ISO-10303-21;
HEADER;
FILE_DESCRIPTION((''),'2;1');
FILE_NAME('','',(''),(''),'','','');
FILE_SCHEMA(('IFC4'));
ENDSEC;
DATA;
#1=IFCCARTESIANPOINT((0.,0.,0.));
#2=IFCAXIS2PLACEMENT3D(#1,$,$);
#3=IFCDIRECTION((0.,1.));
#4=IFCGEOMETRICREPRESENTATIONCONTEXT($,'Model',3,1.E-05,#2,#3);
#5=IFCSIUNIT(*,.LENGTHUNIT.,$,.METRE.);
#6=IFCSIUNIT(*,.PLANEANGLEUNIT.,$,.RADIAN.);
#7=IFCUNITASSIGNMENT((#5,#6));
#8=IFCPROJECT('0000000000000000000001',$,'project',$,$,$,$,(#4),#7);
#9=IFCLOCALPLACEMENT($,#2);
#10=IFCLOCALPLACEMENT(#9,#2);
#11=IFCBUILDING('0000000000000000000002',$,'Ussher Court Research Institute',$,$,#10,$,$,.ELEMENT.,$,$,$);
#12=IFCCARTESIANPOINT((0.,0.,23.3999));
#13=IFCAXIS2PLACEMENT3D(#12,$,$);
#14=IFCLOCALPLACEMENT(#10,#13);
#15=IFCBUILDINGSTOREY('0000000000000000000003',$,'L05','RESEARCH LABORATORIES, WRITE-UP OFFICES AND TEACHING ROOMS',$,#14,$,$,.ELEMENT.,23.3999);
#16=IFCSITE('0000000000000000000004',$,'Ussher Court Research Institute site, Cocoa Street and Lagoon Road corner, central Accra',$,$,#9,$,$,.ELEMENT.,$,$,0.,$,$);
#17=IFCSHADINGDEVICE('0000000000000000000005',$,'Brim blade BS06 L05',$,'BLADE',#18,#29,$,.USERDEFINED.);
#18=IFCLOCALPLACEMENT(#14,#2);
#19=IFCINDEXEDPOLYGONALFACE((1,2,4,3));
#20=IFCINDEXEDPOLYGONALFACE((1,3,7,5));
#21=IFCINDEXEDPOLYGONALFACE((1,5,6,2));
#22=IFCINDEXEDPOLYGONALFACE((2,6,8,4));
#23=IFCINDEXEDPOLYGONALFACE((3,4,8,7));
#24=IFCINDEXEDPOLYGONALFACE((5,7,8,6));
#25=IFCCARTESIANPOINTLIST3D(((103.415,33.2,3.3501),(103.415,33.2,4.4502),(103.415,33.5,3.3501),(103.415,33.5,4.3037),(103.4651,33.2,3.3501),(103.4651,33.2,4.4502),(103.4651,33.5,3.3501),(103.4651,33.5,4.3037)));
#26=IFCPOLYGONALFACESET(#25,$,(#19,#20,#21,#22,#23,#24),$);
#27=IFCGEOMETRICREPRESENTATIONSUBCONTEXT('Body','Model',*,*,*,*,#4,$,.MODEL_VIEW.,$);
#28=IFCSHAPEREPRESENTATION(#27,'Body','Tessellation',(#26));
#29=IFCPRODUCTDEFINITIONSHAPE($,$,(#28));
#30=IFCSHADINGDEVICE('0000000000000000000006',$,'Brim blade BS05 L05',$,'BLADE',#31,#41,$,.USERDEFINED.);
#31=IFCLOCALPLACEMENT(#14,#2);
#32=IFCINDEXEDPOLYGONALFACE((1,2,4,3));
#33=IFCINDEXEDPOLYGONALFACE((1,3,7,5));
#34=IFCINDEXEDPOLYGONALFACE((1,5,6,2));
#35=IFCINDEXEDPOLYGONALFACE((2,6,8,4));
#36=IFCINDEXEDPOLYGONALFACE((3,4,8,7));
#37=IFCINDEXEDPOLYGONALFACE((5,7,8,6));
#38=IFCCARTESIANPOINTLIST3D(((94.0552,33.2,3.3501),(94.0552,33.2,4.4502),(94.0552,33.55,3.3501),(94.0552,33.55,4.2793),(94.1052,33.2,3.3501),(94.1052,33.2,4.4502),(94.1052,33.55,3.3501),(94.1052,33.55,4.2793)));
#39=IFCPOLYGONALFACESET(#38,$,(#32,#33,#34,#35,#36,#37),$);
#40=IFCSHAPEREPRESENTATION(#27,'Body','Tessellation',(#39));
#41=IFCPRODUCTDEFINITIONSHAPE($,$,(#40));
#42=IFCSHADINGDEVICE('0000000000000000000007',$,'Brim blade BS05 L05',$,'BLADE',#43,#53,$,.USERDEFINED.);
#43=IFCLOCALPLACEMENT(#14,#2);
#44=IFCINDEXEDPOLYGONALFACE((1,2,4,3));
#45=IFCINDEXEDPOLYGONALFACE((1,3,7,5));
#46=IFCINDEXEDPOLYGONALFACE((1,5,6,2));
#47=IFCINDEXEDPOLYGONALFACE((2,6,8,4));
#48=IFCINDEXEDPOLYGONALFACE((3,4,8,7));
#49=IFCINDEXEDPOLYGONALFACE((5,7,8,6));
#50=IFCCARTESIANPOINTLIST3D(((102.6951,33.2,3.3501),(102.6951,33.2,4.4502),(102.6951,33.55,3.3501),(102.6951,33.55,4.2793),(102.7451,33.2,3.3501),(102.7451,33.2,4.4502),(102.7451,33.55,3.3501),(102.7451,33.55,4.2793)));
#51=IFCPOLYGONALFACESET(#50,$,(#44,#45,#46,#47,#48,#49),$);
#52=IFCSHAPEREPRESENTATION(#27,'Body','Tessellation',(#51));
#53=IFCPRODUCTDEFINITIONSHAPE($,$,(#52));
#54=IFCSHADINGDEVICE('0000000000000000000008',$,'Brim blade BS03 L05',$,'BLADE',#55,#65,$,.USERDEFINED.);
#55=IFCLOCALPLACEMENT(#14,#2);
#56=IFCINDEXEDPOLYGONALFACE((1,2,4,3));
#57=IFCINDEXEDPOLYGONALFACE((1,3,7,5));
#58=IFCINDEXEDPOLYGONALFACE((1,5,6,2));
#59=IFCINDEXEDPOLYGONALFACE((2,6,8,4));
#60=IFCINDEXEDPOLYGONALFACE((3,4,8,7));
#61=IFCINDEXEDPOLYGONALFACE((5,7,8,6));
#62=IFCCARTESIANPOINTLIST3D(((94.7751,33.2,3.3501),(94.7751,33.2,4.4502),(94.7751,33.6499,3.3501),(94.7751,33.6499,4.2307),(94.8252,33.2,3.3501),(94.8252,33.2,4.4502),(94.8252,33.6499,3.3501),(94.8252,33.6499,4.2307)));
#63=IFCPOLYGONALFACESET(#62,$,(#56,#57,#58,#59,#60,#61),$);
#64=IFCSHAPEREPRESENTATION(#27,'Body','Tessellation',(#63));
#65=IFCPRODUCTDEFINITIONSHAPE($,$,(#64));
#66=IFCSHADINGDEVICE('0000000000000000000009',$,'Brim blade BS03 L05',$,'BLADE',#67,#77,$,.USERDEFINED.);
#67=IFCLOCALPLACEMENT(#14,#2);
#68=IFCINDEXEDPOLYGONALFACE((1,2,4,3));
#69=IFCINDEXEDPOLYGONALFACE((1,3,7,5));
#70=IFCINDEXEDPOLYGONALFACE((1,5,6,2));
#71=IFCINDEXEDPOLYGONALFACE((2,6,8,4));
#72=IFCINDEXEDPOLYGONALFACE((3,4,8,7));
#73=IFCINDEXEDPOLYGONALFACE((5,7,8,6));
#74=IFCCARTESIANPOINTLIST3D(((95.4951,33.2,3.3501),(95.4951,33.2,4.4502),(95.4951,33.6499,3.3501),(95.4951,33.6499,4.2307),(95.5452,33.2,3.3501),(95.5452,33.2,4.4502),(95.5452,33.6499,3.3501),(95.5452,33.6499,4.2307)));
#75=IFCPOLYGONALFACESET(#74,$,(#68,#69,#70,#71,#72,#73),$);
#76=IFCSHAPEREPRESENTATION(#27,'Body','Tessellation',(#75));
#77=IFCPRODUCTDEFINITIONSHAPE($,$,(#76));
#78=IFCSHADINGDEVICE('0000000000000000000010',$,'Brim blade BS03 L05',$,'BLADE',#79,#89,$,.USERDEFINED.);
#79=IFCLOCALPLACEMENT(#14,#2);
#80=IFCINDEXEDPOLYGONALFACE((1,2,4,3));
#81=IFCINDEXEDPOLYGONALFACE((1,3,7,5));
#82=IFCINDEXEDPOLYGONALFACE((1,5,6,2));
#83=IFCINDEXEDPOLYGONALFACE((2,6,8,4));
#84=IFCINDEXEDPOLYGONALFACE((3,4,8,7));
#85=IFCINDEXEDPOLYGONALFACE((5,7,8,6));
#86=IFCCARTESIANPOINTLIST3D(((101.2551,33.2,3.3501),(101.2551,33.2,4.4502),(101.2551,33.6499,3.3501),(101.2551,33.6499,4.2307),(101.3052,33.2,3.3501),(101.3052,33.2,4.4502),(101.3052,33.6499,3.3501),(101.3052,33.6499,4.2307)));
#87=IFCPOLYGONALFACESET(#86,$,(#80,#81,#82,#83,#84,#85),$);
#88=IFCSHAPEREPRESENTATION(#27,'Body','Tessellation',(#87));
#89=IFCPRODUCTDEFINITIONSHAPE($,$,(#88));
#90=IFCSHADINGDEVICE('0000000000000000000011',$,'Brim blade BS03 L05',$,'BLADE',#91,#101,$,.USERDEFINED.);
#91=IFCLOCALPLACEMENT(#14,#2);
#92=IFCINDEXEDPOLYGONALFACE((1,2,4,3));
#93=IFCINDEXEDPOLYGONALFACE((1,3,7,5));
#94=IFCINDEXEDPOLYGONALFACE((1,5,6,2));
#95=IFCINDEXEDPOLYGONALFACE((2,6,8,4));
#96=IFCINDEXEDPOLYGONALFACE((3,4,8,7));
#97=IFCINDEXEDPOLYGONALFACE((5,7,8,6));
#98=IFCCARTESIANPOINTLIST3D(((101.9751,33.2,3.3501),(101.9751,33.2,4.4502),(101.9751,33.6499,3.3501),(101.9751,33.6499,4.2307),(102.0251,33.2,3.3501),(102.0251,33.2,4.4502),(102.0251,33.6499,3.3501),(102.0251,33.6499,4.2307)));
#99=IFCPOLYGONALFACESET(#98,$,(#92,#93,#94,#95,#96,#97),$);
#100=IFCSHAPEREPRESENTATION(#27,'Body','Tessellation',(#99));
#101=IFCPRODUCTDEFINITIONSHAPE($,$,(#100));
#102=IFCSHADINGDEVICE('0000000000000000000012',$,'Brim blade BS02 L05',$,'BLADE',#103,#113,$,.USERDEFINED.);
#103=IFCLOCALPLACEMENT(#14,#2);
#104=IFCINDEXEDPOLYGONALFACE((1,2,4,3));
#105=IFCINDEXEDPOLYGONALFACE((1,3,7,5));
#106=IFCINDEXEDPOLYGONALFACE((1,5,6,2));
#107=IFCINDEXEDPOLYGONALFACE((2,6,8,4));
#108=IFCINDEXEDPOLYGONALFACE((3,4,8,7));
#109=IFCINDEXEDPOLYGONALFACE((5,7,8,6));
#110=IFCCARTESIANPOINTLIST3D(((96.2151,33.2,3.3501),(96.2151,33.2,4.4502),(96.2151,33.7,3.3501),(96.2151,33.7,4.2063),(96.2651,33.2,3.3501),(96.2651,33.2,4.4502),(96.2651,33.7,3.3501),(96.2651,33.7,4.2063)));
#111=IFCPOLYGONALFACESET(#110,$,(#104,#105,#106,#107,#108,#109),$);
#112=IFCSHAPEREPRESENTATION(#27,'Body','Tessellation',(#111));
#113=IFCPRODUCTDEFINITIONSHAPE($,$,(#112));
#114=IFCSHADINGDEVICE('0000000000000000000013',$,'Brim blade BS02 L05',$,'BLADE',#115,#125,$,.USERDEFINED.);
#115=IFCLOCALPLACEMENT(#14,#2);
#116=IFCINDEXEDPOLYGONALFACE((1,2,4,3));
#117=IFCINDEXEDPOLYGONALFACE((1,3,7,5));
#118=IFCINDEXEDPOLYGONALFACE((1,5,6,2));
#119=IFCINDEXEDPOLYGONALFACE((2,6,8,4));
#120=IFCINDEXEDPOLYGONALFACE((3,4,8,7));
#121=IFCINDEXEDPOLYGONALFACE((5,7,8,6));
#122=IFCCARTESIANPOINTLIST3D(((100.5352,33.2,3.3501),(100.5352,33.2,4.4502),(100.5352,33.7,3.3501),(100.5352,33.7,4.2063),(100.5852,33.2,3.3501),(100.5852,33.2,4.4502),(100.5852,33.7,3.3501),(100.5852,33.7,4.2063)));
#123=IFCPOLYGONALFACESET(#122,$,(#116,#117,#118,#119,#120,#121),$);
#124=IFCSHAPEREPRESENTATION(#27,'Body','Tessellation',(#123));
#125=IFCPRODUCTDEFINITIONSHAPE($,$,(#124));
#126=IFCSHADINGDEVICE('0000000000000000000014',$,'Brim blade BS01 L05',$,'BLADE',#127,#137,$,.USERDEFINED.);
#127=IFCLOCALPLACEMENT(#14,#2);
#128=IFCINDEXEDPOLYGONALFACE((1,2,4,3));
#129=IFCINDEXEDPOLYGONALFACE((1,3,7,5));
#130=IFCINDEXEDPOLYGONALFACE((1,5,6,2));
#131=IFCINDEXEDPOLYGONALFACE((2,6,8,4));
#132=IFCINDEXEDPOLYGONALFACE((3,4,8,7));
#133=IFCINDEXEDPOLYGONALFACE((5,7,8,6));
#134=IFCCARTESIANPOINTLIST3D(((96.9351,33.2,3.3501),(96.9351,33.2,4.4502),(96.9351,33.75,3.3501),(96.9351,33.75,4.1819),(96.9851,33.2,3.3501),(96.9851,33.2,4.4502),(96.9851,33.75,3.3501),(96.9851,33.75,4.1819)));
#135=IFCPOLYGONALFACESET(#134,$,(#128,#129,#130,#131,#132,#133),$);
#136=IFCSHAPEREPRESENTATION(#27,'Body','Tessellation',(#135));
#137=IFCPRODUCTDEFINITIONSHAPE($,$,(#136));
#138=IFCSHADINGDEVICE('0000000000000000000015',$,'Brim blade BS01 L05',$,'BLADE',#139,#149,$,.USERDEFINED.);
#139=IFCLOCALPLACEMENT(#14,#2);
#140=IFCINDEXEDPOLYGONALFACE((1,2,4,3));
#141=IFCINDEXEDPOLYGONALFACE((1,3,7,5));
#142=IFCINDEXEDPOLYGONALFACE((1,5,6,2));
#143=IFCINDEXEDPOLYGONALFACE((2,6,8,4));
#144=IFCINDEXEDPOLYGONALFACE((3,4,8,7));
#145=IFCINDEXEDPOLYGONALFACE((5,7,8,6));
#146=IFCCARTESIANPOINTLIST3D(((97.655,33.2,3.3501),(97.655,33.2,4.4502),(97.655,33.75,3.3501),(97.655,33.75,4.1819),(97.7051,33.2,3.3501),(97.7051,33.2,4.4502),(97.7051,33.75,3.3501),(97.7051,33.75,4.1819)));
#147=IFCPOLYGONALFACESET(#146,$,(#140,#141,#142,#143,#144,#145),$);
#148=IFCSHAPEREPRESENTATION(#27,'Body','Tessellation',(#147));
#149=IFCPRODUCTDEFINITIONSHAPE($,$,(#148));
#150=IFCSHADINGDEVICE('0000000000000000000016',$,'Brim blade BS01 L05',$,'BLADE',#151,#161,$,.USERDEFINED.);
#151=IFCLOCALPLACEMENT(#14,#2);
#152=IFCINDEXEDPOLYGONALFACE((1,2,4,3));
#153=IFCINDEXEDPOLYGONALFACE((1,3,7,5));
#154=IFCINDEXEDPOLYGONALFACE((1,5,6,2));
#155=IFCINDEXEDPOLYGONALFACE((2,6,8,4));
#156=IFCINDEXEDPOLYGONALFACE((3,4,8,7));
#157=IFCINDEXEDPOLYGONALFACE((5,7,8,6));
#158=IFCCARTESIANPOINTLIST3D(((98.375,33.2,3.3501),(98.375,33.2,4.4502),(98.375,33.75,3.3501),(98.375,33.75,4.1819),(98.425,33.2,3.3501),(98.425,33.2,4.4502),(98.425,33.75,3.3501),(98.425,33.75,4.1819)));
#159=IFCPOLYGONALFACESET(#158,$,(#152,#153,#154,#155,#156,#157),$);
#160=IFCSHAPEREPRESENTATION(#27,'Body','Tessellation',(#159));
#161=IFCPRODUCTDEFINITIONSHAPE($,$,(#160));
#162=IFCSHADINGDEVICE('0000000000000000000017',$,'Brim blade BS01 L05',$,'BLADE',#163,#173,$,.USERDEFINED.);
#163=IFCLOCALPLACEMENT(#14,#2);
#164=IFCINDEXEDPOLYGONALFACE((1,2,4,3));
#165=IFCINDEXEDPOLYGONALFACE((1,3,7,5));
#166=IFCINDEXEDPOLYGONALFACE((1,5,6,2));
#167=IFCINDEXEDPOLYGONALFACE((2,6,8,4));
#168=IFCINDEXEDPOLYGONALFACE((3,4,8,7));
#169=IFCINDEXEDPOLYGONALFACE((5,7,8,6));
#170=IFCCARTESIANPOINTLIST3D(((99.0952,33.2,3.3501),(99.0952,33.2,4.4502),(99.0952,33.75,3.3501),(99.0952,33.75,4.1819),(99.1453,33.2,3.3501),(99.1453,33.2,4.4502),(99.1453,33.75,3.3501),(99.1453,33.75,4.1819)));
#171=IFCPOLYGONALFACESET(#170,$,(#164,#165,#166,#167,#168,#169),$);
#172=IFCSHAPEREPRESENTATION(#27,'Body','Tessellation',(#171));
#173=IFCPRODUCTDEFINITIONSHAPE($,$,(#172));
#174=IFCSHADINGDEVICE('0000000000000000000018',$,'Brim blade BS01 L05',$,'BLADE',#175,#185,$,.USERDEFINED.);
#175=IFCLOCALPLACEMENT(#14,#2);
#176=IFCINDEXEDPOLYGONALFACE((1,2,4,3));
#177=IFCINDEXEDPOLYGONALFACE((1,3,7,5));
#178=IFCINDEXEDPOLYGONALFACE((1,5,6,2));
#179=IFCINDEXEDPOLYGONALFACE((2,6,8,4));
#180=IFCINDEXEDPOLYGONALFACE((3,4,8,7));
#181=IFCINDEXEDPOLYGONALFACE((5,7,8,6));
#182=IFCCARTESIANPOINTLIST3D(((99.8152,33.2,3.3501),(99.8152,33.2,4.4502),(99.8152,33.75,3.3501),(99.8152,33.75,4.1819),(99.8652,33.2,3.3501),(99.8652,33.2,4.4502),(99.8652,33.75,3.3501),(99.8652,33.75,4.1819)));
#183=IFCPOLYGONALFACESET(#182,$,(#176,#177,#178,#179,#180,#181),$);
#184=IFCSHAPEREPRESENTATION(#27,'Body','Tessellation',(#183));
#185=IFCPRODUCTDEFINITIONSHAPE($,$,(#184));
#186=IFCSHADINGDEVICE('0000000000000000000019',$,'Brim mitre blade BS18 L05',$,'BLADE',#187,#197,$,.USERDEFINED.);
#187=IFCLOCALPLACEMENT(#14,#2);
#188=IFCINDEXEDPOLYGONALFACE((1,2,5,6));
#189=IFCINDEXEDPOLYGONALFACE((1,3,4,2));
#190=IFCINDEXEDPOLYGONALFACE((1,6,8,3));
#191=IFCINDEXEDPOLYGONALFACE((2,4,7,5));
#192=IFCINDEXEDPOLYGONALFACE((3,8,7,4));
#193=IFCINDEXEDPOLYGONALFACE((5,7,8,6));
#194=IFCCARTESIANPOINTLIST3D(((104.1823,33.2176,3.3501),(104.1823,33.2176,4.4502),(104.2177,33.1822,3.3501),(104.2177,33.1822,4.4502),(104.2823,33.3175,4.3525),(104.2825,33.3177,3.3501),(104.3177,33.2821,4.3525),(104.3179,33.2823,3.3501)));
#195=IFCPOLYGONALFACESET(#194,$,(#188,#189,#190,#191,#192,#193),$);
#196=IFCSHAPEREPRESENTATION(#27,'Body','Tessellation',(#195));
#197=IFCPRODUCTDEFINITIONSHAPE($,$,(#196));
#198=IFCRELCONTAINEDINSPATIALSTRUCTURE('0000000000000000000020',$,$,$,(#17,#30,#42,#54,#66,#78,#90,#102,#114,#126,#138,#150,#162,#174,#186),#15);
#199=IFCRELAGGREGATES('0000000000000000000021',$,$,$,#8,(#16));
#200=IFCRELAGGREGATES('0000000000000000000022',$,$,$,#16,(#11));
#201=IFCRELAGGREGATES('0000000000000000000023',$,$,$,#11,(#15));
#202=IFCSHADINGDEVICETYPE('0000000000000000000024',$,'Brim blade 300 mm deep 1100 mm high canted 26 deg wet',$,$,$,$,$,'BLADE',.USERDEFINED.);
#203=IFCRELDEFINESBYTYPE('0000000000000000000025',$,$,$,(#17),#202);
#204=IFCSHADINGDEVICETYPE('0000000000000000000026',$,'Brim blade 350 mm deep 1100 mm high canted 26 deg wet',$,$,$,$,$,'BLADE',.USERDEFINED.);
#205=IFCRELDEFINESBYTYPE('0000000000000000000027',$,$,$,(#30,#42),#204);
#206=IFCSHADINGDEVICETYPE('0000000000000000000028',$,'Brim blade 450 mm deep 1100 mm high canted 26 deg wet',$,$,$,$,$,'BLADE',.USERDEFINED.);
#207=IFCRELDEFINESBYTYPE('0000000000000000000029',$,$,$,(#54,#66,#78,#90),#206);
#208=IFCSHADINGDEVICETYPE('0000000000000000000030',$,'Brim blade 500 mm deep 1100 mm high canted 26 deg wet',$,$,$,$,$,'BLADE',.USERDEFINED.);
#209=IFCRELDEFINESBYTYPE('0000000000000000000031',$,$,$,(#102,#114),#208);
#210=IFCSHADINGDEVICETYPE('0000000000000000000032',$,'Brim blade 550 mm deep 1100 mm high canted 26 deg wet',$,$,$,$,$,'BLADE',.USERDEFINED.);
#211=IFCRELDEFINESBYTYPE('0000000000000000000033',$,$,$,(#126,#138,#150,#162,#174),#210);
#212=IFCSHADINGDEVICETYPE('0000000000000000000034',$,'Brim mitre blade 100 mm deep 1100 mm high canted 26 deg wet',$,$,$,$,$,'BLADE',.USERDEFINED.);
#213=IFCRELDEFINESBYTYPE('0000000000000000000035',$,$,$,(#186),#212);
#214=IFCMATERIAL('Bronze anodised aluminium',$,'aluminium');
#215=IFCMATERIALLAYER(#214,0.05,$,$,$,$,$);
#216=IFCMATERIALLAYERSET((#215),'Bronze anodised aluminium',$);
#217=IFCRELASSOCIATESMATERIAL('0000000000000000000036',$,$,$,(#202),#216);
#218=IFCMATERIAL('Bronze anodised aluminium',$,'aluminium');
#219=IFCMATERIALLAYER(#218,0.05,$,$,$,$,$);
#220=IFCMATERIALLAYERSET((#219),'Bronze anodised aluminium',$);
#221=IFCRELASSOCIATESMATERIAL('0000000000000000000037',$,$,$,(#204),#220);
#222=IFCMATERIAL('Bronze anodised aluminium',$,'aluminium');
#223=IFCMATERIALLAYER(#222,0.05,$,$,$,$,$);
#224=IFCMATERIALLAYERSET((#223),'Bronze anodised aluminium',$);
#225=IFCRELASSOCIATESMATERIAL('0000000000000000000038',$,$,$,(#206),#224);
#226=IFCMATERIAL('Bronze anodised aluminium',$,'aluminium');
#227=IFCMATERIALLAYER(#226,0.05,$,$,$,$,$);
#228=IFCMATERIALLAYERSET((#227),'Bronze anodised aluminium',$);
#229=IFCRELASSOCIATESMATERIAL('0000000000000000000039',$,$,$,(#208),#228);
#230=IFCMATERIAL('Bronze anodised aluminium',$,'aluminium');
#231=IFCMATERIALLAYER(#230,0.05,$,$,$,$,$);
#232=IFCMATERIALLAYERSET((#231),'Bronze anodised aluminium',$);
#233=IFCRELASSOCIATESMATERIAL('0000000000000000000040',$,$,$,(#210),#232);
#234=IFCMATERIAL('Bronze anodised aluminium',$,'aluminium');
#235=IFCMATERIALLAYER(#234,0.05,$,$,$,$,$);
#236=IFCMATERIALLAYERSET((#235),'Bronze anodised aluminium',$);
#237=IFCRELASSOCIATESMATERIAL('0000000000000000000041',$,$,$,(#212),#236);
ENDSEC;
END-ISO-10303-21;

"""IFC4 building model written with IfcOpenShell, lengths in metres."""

from ifc_helpers import new_model, si_unit, direction, frame, origin, place, context, subcontext, project, spatial, polyline, outline, extrude, material, layer, layer_set, type_object, element, save


model = new_model("IFC4")

# Units and contexts
model_context = context("Model", 3, precision=1e-05, world=origin(), true_north=direction((0.0, 1.0)))
body_context = subcontext(model_context, "Body", "Model", "MODEL_VIEW")
ifc_project = project(units=[si_unit("LENGTHUNIT", "METRE"), si_unit("PLANEANGLEUNIT", "RADIAN")], contexts=[model_context])

# Site, building, storey
site_placement = place(None, origin())
site = spatial("IfcSite", under=ifc_project, at=site_placement, Name="Ussher Court Research Institute site, Cocoa Street and Lagoon Road corner, central Accra", CompositionType="ELEMENT", RefElevation=0.0)
building_placement = place(site_placement, origin())
building = spatial("IfcBuilding", under=site, at=building_placement, Name="Ussher Court Research Institute", CompositionType="ELEMENT")
storey_placement = place(building_placement, frame((0.0, 0.0, 23.3999)))
storey = spatial("IfcBuildingStorey", under=building, at=storey_placement, Name="L05", Description="RESEARCH LABORATORIES, WRITE-UP OFFICES AND TEACHING ROOMS", CompositionType="ELEMENT", Elevation=23.3999)

# Shading devices
ifc_material_1 = material(Name="Bronze anodised aluminium", Category="aluminium")
ifc_layer_1 = layer(ifc_material_1, 0.05)
ifc_layer_set_1 = layer_set([ifc_layer_1], Name="Bronze anodised aluminium")
shading_device_type_1 = type_object("IfcShadingDeviceType", Name="Brim blade 300 mm deep 1100 mm high canted 26 deg wet", ElementType="BLADE", PredefinedType="USERDEFINED", material=ifc_layer_set_1)
shading_device_1_placement = place(storey_placement, frame((103.4399, 33.2, 3.3501), z_axis=(0.0, 0.0, 1.0), x_axis=(0.0, 1.0, 0.0)))
element("IfcShadingDevice", 1, at=shading_device_1_placement, inside=storey, type_object=shading_device_type_1, Name="Brim blade BS06 L05", ObjectType="BLADE", PredefinedType="USERDEFINED", context=body_context, shape_type="SweptSolid", body=[
    extrude(outline(polyline([(0.0, 0.0), (0.3, 0.0), (0.3, 0.9536), (0.0, 1.1001), (0.0, 0.0)])), frame((0.0, 0.0249, 0.0), z_axis=(0.0, -1.0, 0.0), x_axis=(1.0, 0.0, 0.0)), (0.0, 0.0, 1.0), 0.05),
])
ifc_material_2 = material(Name="Bronze anodised aluminium", Category="aluminium")
ifc_layer_2 = layer(ifc_material_2, 0.05)
ifc_layer_set_2 = layer_set([ifc_layer_2], Name="Bronze anodised aluminium")
shading_device_type_2 = type_object("IfcShadingDeviceType", Name="Brim blade 350 mm deep 1100 mm high canted 26 deg wet", ElementType="BLADE", PredefinedType="USERDEFINED", material=ifc_layer_set_2)
for number, where, z_axis, x_axis, name in (
    (2, (94.0801, 33.2, 3.3501), (0.0, 0.0, 1.0), (0.0, 1.0, 0.0), "Brim blade BS05 L05"),
    (3, (102.72, 33.2, 3.3501), (0.0, 0.0, 1.0), (0.0, 1.0, 0.0), "Brim blade BS05 L05"),
):
    element("IfcShadingDevice", number, at=place(storey_placement, frame(where, z_axis=z_axis, x_axis=x_axis)), inside=storey, type_object=shading_device_type_2, Name=name, ObjectType="BLADE", PredefinedType="USERDEFINED", context=body_context, shape_type="SweptSolid", body=[
        extrude(outline(polyline([(0.0, 0.0), (0.3501, 0.0), (0.3501, 0.9292), (0.0, 1.1001), (0.0, 0.0)])), frame((0.0, 0.0249, 0.0), z_axis=(0.0, -1.0, 0.0), x_axis=(1.0, 0.0, 0.0)), (0.0, 0.0, 1.0), 0.05),
    ])
ifc_material_3 = material(Name="Bronze anodised aluminium", Category="aluminium")
ifc_layer_3 = layer(ifc_material_3, 0.05)
ifc_layer_set_3 = layer_set([ifc_layer_3], Name="Bronze anodised aluminium")
shading_device_type_3 = type_object("IfcShadingDeviceType", Name="Brim blade 450 mm deep 1100 mm high canted 26 deg wet", ElementType="BLADE", PredefinedType="USERDEFINED", material=ifc_layer_set_3)
for number, where, z_axis, x_axis, name in (
    (4, (94.8, 33.2, 3.3501), (0.0, 0.0, 1.0), (0.0, 1.0, 0.0), "Brim blade BS03 L05"),
    (5, (95.52, 33.2, 3.3501), (0.0, 0.0, 1.0), (0.0, 1.0, 0.0), "Brim blade BS03 L05"),
    (6, (101.28, 33.2, 3.3501), (0.0, 0.0, 1.0), (0.0, 1.0, 0.0), "Brim blade BS03 L05"),
    (7, (102.0, 33.2, 3.3501), (0.0, 0.0, 1.0), (0.0, 1.0, 0.0), "Brim blade BS03 L05"),
):
    element("IfcShadingDevice", number, at=place(storey_placement, frame(where, z_axis=z_axis, x_axis=x_axis)), inside=storey, type_object=shading_device_type_3, Name=name, ObjectType="BLADE", PredefinedType="USERDEFINED", context=body_context, shape_type="SweptSolid", body=[
        extrude(outline(polyline([(0.0, 0.0), (0.45, 0.0), (0.45, 0.8806), (0.0, 1.1001), (0.0, 0.0)])), frame((0.0, 0.0249, 0.0), z_axis=(0.0, -1.0, 0.0), x_axis=(1.0, 0.0, 0.0)), (0.0, 0.0, 1.0), 0.05),
    ])
ifc_material_4 = material(Name="Bronze anodised aluminium", Category="aluminium")
ifc_layer_4 = layer(ifc_material_4, 0.05)
ifc_layer_set_4 = layer_set([ifc_layer_4], Name="Bronze anodised aluminium")
shading_device_type_4 = type_object("IfcShadingDeviceType", Name="Brim blade 500 mm deep 1100 mm high canted 26 deg wet", ElementType="BLADE", PredefinedType="USERDEFINED", material=ifc_layer_set_4)
for number, where, z_axis, x_axis, name in (
    (8, (96.24, 33.2, 3.3501), (0.0, 0.0, 1.0), (0.0, 1.0, 0.0), "Brim blade BS02 L05"),
    (9, (100.5601, 33.2, 3.3501), (0.0, 0.0, 1.0), (0.0, 1.0, 0.0), "Brim blade BS02 L05"),
):
    element("IfcShadingDevice", number, at=place(storey_placement, frame(where, z_axis=z_axis, x_axis=x_axis)), inside=storey, type_object=shading_device_type_4, Name=name, ObjectType="BLADE", PredefinedType="USERDEFINED", context=body_context, shape_type="SweptSolid", body=[
        extrude(outline(polyline([(0.0, 0.0), (0.5, 0.0), (0.5, 0.8562), (0.0, 1.1001), (0.0, 0.0)])), frame((0.0, 0.0249, 0.0), z_axis=(0.0, -1.0, 0.0), x_axis=(1.0, 0.0, 0.0)), (0.0, 0.0, 1.0), 0.05),
    ])
ifc_material_5 = material(Name="Bronze anodised aluminium", Category="aluminium")
ifc_layer_5 = layer(ifc_material_5, 0.05)
ifc_layer_set_5 = layer_set([ifc_layer_5], Name="Bronze anodised aluminium")
shading_device_type_5 = type_object("IfcShadingDeviceType", Name="Brim blade 550 mm deep 1100 mm high canted 26 deg wet", ElementType="BLADE", PredefinedType="USERDEFINED", material=ifc_layer_set_5)
for number, where, z_axis, x_axis, name in (
    (10, (96.96, 33.2, 3.3501), (0.0, 0.0, 1.0), (0.0, 1.0, 0.0), "Brim blade BS01 L05"),
    (11, (97.6799, 33.2, 3.3501), (0.0, 0.0, 1.0), (0.0, 1.0, 0.0), "Brim blade BS01 L05"),
    (12, (98.3999, 33.2, 3.3501), (0.0, 0.0, 1.0), (0.0, 1.0, 0.0), "Brim blade BS01 L05"),
    (13, (99.1201, 33.2, 3.3501), (0.0, 0.0, 1.0), (0.0, 1.0, 0.0), "Brim blade BS01 L05"),
    (14, (99.8401, 33.2, 3.3501), (0.0, 0.0, 1.0), (0.0, 1.0, 0.0), "Brim blade BS01 L05"),
):
    element("IfcShadingDevice", number, at=place(storey_placement, frame(where, z_axis=z_axis, x_axis=x_axis)), inside=storey, type_object=shading_device_type_5, Name=name, ObjectType="BLADE", PredefinedType="USERDEFINED", context=body_context, shape_type="SweptSolid", body=[
        extrude(outline(polyline([(0.0, 0.0), (0.55, 0.0), (0.55, 0.8318), (0.0, 1.1001), (0.0, 0.0)])), frame((0.0, 0.0249, 0.0), z_axis=(0.0, -1.0, 0.0), x_axis=(1.0, 0.0, 0.0)), (0.0, 0.0, 1.0), 0.05),
    ])
ifc_material_6 = material(Name="Bronze anodised aluminium", Category="aluminium")
ifc_layer_6 = layer(ifc_material_6, 0.05)
ifc_layer_set_6 = layer_set([ifc_layer_6], Name="Bronze anodised aluminium")
shading_device_type_6 = type_object("IfcShadingDeviceType", Name="Brim mitre blade 100 mm deep 1100 mm high canted 26 deg wet", ElementType="BLADE", PredefinedType="USERDEFINED", material=ifc_layer_set_6)
shading_device_2_placement = place(storey_placement, frame((104.2, 33.2, 3.3501), z_axis=(0.0, 0.0, 1.0), x_axis=(0.707107, 0.707107, 0.0)))
element("IfcShadingDevice", 15, at=shading_device_2_placement, inside=storey, type_object=shading_device_type_6, Name="Brim mitre blade BS18 L05", ObjectType="BLADE", PredefinedType="USERDEFINED", context=body_context, shape_type="SweptSolid", body=[
    extrude(outline(polyline([(0.0, 0.0), (0.1416, 0.0), (0.1414, 1.0024), (0.0, 1.1001), (0.0, 0.0)])), frame((0.0, 0.0249, 0.0), z_axis=(0.0, -1.0, 0.0), x_axis=(1.0, 0.0, 0.0)), (0.0, 0.0, 1.0), 0.05),
])

save(model, "model.ifc")
